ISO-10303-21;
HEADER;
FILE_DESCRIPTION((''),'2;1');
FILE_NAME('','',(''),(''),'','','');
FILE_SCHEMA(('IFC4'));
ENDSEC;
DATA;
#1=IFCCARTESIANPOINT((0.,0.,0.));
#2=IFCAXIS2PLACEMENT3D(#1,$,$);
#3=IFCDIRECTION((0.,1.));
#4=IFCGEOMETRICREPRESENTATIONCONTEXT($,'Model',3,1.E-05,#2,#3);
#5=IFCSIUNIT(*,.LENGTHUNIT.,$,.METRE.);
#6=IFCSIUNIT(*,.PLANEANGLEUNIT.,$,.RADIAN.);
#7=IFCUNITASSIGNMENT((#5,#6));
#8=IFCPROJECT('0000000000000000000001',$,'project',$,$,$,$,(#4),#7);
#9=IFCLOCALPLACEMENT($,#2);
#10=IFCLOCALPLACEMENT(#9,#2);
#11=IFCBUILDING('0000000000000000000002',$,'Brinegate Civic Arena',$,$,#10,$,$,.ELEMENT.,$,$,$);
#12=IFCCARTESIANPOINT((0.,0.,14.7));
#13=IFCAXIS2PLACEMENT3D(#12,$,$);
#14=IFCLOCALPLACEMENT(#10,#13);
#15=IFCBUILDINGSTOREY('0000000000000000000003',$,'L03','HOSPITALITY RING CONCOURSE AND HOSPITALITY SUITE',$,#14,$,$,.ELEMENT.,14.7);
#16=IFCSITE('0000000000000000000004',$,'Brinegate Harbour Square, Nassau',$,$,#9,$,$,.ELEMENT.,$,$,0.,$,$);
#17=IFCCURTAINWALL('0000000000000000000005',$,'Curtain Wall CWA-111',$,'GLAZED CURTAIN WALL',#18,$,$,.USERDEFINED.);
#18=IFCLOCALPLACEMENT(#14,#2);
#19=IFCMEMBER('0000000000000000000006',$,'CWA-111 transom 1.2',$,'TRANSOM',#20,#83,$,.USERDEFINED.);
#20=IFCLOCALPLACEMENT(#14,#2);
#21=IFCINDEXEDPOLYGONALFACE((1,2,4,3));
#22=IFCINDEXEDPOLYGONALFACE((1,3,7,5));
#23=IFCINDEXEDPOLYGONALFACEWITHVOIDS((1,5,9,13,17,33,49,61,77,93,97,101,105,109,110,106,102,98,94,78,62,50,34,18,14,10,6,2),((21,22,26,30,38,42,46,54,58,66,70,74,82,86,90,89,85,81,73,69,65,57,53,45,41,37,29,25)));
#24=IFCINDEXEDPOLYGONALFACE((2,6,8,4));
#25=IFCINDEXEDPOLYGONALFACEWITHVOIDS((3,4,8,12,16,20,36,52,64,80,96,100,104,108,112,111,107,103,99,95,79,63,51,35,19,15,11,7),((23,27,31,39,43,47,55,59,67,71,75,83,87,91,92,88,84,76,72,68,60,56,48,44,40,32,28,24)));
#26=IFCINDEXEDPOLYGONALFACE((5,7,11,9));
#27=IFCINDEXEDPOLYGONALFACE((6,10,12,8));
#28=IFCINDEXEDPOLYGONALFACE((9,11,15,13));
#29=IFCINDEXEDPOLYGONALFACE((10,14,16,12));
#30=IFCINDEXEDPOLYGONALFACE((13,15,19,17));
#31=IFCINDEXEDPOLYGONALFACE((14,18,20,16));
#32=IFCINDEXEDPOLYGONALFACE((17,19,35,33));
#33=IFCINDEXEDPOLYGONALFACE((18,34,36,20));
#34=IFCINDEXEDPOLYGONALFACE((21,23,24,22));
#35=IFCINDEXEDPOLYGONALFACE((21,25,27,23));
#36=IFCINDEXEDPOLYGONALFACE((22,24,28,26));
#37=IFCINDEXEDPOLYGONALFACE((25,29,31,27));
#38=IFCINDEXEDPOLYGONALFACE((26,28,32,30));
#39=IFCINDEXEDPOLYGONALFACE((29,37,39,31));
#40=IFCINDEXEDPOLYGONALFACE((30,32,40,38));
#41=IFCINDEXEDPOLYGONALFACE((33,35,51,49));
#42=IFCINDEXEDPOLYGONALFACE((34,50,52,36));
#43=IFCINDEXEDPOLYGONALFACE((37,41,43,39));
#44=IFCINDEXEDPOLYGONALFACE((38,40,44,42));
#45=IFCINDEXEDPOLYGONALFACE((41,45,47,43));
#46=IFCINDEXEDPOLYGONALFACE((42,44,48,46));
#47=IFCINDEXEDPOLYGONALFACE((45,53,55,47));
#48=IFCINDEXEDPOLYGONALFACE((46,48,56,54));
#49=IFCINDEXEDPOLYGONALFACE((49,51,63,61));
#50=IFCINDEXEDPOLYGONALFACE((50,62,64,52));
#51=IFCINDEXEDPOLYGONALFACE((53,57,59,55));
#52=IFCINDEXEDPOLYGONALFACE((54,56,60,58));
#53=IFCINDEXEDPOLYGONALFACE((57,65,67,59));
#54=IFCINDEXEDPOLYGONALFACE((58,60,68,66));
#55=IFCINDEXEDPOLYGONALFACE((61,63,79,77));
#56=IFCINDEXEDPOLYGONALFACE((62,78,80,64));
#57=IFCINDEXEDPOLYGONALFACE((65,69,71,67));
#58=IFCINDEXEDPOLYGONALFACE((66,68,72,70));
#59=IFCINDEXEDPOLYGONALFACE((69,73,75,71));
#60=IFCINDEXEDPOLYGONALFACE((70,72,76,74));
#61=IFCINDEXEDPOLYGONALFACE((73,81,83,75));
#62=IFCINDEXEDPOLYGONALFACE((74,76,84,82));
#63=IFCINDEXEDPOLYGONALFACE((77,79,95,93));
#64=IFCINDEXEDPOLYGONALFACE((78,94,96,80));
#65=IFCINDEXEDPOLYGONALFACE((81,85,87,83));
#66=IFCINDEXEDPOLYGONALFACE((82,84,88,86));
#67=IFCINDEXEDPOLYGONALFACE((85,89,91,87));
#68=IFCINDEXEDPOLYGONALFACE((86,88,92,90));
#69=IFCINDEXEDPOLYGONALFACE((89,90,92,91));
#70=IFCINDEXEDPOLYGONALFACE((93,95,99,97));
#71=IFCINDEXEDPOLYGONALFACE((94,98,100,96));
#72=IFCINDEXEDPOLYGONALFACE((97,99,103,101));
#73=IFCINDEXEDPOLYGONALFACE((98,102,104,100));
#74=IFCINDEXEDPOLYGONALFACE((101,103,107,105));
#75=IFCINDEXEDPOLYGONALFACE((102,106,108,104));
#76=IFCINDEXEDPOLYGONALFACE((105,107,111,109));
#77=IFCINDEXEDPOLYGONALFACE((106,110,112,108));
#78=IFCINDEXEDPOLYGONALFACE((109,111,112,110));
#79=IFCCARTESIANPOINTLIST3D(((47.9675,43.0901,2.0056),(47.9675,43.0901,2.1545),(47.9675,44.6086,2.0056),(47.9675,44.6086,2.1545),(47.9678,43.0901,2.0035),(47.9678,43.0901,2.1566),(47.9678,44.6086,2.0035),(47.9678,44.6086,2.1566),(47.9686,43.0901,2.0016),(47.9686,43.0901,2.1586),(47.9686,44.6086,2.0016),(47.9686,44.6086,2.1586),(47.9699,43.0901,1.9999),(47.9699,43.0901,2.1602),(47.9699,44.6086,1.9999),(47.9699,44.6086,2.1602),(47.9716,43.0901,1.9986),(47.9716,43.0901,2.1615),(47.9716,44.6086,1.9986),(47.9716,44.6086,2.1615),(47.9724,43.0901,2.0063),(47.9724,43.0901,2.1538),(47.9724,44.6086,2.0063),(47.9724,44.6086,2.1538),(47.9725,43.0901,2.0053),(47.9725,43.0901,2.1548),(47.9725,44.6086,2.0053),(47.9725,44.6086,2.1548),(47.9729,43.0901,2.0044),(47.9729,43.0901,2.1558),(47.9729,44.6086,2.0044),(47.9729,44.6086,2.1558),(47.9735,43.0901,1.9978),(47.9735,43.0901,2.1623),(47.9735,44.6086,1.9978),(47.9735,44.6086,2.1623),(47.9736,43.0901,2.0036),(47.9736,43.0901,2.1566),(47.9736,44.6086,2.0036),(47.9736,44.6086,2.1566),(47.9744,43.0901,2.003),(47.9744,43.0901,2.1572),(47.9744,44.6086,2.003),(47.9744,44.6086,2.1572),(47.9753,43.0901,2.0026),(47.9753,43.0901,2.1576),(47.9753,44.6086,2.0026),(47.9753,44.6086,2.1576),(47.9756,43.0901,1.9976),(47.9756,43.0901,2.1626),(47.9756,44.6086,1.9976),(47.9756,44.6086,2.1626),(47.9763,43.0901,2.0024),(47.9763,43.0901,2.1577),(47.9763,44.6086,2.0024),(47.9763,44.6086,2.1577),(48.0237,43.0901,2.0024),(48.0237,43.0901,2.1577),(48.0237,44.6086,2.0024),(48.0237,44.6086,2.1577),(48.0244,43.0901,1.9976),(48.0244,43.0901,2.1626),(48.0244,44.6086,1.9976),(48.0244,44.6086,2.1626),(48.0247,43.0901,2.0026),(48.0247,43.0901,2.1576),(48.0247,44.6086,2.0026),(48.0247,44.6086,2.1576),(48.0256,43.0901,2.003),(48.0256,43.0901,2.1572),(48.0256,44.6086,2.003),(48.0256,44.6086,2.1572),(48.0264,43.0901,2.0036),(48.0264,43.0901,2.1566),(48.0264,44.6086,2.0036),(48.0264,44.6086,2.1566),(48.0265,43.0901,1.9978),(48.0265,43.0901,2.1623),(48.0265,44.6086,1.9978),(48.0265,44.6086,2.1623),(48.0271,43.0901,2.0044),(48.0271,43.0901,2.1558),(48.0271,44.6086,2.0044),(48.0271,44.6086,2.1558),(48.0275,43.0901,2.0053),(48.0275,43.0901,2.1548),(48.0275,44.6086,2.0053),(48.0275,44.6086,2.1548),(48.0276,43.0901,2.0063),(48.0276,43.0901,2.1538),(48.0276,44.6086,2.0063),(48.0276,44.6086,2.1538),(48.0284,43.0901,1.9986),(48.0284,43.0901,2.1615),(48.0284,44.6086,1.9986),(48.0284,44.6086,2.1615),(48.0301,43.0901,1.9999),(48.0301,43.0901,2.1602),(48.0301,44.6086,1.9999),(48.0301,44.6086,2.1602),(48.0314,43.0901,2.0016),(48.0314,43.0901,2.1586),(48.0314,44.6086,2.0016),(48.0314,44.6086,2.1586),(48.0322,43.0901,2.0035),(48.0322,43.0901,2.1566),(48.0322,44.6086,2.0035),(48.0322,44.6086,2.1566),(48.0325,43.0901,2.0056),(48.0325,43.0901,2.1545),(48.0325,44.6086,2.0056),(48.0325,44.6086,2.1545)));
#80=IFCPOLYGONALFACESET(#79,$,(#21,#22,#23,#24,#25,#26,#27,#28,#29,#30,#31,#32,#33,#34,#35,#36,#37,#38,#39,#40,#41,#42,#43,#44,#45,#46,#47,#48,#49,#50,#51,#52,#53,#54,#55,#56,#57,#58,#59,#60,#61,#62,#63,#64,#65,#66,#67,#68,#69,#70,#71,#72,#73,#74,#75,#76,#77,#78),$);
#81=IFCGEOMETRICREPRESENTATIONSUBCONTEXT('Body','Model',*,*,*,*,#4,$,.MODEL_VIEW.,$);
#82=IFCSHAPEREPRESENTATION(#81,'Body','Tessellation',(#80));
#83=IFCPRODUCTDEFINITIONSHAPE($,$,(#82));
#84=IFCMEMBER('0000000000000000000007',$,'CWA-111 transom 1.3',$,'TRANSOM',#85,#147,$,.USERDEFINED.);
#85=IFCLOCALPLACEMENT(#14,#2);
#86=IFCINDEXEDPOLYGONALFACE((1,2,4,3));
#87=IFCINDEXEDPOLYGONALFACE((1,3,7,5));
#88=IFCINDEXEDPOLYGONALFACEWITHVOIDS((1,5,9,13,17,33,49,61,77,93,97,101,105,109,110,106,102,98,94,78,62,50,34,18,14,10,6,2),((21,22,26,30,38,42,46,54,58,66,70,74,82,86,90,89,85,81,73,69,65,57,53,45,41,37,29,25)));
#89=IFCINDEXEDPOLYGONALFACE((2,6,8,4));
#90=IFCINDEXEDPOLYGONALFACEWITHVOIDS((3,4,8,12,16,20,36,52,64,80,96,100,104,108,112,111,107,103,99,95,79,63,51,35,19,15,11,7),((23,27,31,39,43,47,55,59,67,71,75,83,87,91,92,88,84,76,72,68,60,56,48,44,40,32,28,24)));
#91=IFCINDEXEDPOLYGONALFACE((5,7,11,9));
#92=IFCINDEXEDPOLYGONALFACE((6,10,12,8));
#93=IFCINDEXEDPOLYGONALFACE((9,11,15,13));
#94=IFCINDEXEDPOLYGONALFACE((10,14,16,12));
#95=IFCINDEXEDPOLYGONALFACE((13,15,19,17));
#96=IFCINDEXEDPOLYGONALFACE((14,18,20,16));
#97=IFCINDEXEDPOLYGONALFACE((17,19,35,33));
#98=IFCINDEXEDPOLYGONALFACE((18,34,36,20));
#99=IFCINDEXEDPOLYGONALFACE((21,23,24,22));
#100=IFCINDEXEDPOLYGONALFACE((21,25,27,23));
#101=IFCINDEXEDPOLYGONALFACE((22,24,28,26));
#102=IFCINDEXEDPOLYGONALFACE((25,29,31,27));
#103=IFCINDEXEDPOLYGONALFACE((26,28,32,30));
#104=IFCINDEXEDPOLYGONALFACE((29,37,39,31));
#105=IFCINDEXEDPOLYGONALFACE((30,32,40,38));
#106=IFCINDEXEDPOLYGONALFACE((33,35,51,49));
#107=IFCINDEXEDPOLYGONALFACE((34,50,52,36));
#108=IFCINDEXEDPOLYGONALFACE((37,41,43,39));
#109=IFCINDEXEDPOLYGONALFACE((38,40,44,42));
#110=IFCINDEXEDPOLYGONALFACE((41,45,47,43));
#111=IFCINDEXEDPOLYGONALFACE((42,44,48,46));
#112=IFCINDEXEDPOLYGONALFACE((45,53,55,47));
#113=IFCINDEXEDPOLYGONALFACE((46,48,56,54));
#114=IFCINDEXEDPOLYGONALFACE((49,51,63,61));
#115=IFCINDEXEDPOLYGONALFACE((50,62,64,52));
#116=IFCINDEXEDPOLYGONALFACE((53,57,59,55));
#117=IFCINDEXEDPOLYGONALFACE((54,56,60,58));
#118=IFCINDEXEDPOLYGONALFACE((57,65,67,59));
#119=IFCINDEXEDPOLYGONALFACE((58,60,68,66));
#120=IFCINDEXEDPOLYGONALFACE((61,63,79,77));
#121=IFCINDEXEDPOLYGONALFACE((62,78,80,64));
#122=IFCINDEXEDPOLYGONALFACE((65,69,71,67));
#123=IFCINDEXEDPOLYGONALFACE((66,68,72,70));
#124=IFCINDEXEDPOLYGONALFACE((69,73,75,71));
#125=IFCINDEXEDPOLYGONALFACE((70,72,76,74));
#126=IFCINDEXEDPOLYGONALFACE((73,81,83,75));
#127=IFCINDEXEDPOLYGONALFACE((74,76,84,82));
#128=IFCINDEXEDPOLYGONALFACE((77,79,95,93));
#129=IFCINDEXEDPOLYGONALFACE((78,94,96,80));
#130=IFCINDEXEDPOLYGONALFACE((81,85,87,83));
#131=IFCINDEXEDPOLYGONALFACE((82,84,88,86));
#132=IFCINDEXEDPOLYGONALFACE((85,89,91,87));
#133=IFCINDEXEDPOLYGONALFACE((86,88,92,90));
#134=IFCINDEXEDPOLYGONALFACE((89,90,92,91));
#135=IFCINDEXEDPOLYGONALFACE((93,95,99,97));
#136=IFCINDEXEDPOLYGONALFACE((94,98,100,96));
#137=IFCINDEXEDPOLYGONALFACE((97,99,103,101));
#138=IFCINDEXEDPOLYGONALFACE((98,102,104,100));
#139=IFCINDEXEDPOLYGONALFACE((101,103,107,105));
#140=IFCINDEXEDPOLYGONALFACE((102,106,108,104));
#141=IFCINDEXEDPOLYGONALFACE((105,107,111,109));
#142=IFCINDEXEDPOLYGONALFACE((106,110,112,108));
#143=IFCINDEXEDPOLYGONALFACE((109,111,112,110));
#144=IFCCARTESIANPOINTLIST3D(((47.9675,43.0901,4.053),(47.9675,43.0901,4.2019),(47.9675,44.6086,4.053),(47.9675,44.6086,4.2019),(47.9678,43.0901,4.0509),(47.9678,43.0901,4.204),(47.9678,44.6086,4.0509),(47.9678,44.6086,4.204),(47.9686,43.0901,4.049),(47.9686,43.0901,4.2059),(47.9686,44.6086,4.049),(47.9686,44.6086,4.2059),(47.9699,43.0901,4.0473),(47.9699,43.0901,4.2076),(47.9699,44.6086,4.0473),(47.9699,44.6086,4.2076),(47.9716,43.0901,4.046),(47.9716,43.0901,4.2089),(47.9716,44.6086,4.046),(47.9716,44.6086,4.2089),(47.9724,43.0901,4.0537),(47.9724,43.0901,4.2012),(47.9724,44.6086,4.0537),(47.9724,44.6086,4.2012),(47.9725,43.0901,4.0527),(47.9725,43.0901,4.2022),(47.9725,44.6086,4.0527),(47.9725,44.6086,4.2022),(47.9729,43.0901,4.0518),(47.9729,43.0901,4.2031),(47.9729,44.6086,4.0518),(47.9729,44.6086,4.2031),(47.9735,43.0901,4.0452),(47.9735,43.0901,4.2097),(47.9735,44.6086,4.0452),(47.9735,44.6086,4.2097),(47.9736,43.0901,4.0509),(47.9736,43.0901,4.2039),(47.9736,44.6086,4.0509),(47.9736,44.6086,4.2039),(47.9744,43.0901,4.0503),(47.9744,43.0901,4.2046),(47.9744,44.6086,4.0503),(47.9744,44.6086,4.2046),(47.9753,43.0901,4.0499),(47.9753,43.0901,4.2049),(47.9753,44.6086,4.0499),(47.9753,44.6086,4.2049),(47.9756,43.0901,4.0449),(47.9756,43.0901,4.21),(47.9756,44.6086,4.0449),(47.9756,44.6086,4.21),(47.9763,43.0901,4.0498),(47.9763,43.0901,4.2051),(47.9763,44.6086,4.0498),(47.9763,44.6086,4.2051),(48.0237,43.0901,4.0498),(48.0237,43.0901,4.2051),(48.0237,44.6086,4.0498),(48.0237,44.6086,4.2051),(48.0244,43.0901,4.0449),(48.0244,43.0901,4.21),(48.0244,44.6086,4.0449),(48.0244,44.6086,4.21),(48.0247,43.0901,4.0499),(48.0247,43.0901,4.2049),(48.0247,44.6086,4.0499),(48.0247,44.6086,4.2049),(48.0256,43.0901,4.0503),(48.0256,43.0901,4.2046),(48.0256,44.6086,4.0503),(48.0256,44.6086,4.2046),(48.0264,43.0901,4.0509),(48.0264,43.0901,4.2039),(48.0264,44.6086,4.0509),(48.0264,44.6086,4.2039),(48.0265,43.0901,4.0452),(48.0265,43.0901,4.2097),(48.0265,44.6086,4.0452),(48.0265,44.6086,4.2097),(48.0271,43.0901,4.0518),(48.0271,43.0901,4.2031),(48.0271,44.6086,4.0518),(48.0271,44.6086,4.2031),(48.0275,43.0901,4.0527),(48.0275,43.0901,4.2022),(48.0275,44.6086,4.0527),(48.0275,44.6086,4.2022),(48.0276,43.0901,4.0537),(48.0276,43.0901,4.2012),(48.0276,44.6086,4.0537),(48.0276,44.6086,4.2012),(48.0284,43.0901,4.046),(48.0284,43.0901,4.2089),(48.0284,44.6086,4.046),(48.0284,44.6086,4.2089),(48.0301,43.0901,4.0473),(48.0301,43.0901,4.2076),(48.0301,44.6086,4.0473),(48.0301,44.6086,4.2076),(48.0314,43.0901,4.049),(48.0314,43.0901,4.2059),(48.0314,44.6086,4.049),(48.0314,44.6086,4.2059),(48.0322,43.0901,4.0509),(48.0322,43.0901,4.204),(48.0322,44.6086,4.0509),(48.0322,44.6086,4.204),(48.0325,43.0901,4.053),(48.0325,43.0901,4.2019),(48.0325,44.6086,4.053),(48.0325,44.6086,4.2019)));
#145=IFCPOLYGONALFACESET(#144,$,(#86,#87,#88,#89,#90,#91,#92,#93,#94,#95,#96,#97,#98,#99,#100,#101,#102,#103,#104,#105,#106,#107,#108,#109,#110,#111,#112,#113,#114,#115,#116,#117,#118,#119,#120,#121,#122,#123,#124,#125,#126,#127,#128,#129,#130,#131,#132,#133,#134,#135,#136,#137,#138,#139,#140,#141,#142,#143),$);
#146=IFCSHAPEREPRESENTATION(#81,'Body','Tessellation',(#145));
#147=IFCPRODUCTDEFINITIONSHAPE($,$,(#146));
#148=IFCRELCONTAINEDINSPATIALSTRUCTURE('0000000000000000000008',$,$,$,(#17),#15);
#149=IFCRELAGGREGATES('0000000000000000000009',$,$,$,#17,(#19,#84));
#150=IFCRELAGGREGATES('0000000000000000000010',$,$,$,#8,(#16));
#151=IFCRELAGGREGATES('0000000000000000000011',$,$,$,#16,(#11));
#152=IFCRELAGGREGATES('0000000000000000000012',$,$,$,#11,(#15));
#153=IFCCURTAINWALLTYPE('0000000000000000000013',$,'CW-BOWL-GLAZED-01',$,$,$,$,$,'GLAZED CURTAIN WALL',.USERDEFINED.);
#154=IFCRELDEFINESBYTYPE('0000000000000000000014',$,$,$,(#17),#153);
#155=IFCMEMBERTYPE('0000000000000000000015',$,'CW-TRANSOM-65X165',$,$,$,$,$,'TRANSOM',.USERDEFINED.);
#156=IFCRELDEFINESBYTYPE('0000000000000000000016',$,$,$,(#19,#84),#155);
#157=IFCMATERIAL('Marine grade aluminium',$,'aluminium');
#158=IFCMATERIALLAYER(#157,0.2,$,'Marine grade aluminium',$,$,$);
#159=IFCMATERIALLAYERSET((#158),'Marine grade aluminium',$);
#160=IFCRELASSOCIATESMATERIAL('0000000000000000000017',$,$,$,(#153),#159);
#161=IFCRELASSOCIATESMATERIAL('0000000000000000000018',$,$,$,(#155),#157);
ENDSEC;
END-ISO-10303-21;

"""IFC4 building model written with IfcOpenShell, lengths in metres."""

from ifc_helpers import new_model, si_unit, direction, frame, origin, origin_2d, place, context, subcontext, project, spatial, hollow_rectangle, extrude, material, layer, layer_set, material_profile, profile_set, type_object, element, aggregate, save


model = new_model("IFC4")

# Units and contexts
model_context = context("Model", 3, precision=1e-05, world=origin(), true_north=direction((0.0, 1.0)))
body_context = subcontext(model_context, "Body", "Model", "MODEL_VIEW")
ifc_project = project(units=[si_unit("LENGTHUNIT", "METRE"), si_unit("PLANEANGLEUNIT", "RADIAN")], contexts=[model_context])

# Site, building, storey
site_placement = place(None, origin())
site = spatial("IfcSite", under=ifc_project, at=site_placement, Name="Brinegate Harbour Square, Nassau", CompositionType="ELEMENT", RefElevation=0.0)
building_placement = place(site_placement, origin())
building = spatial("IfcBuilding", under=site, at=building_placement, Name="Brinegate Civic Arena", CompositionType="ELEMENT")
storey_placement = place(building_placement, frame((0.0, 0.0, 14.7)))
storey = spatial("IfcBuildingStorey", under=building, at=storey_placement, Name="L03", Description="HOSPITALITY RING CONCOURSE AND HOSPITALITY SUITE", CompositionType="ELEMENT", Elevation=14.7)

# Curtain wall, members
ifc_material_1 = material(Name="Marine grade aluminium", Category="aluminium")
ifc_layer_1 = layer(ifc_material_1, 0.2, Name="Marine grade aluminium")
ifc_layer_set_1 = layer_set([ifc_layer_1], Name="Marine grade aluminium")
curtain_wall_type = type_object("IfcCurtainWallType", Name="CW-BOWL-GLAZED-01", ElementType="GLAZED CURTAIN WALL", PredefinedType="USERDEFINED", material=ifc_layer_set_1)
curtain_wall_1_placement = place(storey_placement, origin())
curtain_wall_1 = element("IfcCurtainWall", 1, at=curtain_wall_1_placement, inside=storey, type_object=curtain_wall_type, Name="Curtain Wall CWA-111", ObjectType="GLAZED CURTAIN WALL", PredefinedType="USERDEFINED")
ifc_material_profile_1 = material_profile(ifc_material_1, hollow_rectangle(XDim=0.0649, YDim=0.165, WallThickness=0.0049, InnerFilletRadius=0.0039, OuterFilletRadius=0.0081, at=origin_2d()), Name="TRN65X165")
ifc_profile_set_1 = profile_set([ifc_material_profile_1], Name="Marine grade aluminium")
member_type_1 = type_object("IfcMemberType", Name="CW-TRANSOM-65X165", ElementType="TRANSOM", PredefinedType="USERDEFINED", material=ifc_profile_set_1)
member_1_placement = place(storey_placement, frame((48.0, 43.0901, 2.0801), z_axis=(0.0, 1.0, 0.0), x_axis=(-1.0, 0.0, 0.0)))
member_1 = element("IfcMember", 2, at=member_1_placement, type_object=member_type_1, Name="CWA-111 transom 1.2", ObjectType="TRANSOM", PredefinedType="USERDEFINED", context=body_context, shape_type="SweptSolid", body=[
    extrude(hollow_rectangle(XDim=0.0649, YDim=0.165, WallThickness=0.0049, InnerFilletRadius=0.0039, OuterFilletRadius=0.0081, at=origin_2d()), origin(), (0.0, 0.0, 1.0), 1.5186),
])
member_2_placement = place(storey_placement, frame((48.0, 43.0901, 4.1274), z_axis=(0.0, 1.0, 0.0), x_axis=(-1.0, 0.0, 0.0)))
member_2 = element("IfcMember", 3, at=member_2_placement, type_object=member_type_1, Name="CWA-111 transom 1.3", ObjectType="TRANSOM", PredefinedType="USERDEFINED", context=body_context, shape_type="SweptSolid", body=[
    extrude(hollow_rectangle(XDim=0.0649, YDim=0.165, WallThickness=0.0049, InnerFilletRadius=0.0039, OuterFilletRadius=0.0081, at=origin_2d()), origin(), (0.0, 0.0, 1.0), 1.5186),
])

aggregate(curtain_wall_1, [member_1, member_2])

save(model, "model.ifc")
